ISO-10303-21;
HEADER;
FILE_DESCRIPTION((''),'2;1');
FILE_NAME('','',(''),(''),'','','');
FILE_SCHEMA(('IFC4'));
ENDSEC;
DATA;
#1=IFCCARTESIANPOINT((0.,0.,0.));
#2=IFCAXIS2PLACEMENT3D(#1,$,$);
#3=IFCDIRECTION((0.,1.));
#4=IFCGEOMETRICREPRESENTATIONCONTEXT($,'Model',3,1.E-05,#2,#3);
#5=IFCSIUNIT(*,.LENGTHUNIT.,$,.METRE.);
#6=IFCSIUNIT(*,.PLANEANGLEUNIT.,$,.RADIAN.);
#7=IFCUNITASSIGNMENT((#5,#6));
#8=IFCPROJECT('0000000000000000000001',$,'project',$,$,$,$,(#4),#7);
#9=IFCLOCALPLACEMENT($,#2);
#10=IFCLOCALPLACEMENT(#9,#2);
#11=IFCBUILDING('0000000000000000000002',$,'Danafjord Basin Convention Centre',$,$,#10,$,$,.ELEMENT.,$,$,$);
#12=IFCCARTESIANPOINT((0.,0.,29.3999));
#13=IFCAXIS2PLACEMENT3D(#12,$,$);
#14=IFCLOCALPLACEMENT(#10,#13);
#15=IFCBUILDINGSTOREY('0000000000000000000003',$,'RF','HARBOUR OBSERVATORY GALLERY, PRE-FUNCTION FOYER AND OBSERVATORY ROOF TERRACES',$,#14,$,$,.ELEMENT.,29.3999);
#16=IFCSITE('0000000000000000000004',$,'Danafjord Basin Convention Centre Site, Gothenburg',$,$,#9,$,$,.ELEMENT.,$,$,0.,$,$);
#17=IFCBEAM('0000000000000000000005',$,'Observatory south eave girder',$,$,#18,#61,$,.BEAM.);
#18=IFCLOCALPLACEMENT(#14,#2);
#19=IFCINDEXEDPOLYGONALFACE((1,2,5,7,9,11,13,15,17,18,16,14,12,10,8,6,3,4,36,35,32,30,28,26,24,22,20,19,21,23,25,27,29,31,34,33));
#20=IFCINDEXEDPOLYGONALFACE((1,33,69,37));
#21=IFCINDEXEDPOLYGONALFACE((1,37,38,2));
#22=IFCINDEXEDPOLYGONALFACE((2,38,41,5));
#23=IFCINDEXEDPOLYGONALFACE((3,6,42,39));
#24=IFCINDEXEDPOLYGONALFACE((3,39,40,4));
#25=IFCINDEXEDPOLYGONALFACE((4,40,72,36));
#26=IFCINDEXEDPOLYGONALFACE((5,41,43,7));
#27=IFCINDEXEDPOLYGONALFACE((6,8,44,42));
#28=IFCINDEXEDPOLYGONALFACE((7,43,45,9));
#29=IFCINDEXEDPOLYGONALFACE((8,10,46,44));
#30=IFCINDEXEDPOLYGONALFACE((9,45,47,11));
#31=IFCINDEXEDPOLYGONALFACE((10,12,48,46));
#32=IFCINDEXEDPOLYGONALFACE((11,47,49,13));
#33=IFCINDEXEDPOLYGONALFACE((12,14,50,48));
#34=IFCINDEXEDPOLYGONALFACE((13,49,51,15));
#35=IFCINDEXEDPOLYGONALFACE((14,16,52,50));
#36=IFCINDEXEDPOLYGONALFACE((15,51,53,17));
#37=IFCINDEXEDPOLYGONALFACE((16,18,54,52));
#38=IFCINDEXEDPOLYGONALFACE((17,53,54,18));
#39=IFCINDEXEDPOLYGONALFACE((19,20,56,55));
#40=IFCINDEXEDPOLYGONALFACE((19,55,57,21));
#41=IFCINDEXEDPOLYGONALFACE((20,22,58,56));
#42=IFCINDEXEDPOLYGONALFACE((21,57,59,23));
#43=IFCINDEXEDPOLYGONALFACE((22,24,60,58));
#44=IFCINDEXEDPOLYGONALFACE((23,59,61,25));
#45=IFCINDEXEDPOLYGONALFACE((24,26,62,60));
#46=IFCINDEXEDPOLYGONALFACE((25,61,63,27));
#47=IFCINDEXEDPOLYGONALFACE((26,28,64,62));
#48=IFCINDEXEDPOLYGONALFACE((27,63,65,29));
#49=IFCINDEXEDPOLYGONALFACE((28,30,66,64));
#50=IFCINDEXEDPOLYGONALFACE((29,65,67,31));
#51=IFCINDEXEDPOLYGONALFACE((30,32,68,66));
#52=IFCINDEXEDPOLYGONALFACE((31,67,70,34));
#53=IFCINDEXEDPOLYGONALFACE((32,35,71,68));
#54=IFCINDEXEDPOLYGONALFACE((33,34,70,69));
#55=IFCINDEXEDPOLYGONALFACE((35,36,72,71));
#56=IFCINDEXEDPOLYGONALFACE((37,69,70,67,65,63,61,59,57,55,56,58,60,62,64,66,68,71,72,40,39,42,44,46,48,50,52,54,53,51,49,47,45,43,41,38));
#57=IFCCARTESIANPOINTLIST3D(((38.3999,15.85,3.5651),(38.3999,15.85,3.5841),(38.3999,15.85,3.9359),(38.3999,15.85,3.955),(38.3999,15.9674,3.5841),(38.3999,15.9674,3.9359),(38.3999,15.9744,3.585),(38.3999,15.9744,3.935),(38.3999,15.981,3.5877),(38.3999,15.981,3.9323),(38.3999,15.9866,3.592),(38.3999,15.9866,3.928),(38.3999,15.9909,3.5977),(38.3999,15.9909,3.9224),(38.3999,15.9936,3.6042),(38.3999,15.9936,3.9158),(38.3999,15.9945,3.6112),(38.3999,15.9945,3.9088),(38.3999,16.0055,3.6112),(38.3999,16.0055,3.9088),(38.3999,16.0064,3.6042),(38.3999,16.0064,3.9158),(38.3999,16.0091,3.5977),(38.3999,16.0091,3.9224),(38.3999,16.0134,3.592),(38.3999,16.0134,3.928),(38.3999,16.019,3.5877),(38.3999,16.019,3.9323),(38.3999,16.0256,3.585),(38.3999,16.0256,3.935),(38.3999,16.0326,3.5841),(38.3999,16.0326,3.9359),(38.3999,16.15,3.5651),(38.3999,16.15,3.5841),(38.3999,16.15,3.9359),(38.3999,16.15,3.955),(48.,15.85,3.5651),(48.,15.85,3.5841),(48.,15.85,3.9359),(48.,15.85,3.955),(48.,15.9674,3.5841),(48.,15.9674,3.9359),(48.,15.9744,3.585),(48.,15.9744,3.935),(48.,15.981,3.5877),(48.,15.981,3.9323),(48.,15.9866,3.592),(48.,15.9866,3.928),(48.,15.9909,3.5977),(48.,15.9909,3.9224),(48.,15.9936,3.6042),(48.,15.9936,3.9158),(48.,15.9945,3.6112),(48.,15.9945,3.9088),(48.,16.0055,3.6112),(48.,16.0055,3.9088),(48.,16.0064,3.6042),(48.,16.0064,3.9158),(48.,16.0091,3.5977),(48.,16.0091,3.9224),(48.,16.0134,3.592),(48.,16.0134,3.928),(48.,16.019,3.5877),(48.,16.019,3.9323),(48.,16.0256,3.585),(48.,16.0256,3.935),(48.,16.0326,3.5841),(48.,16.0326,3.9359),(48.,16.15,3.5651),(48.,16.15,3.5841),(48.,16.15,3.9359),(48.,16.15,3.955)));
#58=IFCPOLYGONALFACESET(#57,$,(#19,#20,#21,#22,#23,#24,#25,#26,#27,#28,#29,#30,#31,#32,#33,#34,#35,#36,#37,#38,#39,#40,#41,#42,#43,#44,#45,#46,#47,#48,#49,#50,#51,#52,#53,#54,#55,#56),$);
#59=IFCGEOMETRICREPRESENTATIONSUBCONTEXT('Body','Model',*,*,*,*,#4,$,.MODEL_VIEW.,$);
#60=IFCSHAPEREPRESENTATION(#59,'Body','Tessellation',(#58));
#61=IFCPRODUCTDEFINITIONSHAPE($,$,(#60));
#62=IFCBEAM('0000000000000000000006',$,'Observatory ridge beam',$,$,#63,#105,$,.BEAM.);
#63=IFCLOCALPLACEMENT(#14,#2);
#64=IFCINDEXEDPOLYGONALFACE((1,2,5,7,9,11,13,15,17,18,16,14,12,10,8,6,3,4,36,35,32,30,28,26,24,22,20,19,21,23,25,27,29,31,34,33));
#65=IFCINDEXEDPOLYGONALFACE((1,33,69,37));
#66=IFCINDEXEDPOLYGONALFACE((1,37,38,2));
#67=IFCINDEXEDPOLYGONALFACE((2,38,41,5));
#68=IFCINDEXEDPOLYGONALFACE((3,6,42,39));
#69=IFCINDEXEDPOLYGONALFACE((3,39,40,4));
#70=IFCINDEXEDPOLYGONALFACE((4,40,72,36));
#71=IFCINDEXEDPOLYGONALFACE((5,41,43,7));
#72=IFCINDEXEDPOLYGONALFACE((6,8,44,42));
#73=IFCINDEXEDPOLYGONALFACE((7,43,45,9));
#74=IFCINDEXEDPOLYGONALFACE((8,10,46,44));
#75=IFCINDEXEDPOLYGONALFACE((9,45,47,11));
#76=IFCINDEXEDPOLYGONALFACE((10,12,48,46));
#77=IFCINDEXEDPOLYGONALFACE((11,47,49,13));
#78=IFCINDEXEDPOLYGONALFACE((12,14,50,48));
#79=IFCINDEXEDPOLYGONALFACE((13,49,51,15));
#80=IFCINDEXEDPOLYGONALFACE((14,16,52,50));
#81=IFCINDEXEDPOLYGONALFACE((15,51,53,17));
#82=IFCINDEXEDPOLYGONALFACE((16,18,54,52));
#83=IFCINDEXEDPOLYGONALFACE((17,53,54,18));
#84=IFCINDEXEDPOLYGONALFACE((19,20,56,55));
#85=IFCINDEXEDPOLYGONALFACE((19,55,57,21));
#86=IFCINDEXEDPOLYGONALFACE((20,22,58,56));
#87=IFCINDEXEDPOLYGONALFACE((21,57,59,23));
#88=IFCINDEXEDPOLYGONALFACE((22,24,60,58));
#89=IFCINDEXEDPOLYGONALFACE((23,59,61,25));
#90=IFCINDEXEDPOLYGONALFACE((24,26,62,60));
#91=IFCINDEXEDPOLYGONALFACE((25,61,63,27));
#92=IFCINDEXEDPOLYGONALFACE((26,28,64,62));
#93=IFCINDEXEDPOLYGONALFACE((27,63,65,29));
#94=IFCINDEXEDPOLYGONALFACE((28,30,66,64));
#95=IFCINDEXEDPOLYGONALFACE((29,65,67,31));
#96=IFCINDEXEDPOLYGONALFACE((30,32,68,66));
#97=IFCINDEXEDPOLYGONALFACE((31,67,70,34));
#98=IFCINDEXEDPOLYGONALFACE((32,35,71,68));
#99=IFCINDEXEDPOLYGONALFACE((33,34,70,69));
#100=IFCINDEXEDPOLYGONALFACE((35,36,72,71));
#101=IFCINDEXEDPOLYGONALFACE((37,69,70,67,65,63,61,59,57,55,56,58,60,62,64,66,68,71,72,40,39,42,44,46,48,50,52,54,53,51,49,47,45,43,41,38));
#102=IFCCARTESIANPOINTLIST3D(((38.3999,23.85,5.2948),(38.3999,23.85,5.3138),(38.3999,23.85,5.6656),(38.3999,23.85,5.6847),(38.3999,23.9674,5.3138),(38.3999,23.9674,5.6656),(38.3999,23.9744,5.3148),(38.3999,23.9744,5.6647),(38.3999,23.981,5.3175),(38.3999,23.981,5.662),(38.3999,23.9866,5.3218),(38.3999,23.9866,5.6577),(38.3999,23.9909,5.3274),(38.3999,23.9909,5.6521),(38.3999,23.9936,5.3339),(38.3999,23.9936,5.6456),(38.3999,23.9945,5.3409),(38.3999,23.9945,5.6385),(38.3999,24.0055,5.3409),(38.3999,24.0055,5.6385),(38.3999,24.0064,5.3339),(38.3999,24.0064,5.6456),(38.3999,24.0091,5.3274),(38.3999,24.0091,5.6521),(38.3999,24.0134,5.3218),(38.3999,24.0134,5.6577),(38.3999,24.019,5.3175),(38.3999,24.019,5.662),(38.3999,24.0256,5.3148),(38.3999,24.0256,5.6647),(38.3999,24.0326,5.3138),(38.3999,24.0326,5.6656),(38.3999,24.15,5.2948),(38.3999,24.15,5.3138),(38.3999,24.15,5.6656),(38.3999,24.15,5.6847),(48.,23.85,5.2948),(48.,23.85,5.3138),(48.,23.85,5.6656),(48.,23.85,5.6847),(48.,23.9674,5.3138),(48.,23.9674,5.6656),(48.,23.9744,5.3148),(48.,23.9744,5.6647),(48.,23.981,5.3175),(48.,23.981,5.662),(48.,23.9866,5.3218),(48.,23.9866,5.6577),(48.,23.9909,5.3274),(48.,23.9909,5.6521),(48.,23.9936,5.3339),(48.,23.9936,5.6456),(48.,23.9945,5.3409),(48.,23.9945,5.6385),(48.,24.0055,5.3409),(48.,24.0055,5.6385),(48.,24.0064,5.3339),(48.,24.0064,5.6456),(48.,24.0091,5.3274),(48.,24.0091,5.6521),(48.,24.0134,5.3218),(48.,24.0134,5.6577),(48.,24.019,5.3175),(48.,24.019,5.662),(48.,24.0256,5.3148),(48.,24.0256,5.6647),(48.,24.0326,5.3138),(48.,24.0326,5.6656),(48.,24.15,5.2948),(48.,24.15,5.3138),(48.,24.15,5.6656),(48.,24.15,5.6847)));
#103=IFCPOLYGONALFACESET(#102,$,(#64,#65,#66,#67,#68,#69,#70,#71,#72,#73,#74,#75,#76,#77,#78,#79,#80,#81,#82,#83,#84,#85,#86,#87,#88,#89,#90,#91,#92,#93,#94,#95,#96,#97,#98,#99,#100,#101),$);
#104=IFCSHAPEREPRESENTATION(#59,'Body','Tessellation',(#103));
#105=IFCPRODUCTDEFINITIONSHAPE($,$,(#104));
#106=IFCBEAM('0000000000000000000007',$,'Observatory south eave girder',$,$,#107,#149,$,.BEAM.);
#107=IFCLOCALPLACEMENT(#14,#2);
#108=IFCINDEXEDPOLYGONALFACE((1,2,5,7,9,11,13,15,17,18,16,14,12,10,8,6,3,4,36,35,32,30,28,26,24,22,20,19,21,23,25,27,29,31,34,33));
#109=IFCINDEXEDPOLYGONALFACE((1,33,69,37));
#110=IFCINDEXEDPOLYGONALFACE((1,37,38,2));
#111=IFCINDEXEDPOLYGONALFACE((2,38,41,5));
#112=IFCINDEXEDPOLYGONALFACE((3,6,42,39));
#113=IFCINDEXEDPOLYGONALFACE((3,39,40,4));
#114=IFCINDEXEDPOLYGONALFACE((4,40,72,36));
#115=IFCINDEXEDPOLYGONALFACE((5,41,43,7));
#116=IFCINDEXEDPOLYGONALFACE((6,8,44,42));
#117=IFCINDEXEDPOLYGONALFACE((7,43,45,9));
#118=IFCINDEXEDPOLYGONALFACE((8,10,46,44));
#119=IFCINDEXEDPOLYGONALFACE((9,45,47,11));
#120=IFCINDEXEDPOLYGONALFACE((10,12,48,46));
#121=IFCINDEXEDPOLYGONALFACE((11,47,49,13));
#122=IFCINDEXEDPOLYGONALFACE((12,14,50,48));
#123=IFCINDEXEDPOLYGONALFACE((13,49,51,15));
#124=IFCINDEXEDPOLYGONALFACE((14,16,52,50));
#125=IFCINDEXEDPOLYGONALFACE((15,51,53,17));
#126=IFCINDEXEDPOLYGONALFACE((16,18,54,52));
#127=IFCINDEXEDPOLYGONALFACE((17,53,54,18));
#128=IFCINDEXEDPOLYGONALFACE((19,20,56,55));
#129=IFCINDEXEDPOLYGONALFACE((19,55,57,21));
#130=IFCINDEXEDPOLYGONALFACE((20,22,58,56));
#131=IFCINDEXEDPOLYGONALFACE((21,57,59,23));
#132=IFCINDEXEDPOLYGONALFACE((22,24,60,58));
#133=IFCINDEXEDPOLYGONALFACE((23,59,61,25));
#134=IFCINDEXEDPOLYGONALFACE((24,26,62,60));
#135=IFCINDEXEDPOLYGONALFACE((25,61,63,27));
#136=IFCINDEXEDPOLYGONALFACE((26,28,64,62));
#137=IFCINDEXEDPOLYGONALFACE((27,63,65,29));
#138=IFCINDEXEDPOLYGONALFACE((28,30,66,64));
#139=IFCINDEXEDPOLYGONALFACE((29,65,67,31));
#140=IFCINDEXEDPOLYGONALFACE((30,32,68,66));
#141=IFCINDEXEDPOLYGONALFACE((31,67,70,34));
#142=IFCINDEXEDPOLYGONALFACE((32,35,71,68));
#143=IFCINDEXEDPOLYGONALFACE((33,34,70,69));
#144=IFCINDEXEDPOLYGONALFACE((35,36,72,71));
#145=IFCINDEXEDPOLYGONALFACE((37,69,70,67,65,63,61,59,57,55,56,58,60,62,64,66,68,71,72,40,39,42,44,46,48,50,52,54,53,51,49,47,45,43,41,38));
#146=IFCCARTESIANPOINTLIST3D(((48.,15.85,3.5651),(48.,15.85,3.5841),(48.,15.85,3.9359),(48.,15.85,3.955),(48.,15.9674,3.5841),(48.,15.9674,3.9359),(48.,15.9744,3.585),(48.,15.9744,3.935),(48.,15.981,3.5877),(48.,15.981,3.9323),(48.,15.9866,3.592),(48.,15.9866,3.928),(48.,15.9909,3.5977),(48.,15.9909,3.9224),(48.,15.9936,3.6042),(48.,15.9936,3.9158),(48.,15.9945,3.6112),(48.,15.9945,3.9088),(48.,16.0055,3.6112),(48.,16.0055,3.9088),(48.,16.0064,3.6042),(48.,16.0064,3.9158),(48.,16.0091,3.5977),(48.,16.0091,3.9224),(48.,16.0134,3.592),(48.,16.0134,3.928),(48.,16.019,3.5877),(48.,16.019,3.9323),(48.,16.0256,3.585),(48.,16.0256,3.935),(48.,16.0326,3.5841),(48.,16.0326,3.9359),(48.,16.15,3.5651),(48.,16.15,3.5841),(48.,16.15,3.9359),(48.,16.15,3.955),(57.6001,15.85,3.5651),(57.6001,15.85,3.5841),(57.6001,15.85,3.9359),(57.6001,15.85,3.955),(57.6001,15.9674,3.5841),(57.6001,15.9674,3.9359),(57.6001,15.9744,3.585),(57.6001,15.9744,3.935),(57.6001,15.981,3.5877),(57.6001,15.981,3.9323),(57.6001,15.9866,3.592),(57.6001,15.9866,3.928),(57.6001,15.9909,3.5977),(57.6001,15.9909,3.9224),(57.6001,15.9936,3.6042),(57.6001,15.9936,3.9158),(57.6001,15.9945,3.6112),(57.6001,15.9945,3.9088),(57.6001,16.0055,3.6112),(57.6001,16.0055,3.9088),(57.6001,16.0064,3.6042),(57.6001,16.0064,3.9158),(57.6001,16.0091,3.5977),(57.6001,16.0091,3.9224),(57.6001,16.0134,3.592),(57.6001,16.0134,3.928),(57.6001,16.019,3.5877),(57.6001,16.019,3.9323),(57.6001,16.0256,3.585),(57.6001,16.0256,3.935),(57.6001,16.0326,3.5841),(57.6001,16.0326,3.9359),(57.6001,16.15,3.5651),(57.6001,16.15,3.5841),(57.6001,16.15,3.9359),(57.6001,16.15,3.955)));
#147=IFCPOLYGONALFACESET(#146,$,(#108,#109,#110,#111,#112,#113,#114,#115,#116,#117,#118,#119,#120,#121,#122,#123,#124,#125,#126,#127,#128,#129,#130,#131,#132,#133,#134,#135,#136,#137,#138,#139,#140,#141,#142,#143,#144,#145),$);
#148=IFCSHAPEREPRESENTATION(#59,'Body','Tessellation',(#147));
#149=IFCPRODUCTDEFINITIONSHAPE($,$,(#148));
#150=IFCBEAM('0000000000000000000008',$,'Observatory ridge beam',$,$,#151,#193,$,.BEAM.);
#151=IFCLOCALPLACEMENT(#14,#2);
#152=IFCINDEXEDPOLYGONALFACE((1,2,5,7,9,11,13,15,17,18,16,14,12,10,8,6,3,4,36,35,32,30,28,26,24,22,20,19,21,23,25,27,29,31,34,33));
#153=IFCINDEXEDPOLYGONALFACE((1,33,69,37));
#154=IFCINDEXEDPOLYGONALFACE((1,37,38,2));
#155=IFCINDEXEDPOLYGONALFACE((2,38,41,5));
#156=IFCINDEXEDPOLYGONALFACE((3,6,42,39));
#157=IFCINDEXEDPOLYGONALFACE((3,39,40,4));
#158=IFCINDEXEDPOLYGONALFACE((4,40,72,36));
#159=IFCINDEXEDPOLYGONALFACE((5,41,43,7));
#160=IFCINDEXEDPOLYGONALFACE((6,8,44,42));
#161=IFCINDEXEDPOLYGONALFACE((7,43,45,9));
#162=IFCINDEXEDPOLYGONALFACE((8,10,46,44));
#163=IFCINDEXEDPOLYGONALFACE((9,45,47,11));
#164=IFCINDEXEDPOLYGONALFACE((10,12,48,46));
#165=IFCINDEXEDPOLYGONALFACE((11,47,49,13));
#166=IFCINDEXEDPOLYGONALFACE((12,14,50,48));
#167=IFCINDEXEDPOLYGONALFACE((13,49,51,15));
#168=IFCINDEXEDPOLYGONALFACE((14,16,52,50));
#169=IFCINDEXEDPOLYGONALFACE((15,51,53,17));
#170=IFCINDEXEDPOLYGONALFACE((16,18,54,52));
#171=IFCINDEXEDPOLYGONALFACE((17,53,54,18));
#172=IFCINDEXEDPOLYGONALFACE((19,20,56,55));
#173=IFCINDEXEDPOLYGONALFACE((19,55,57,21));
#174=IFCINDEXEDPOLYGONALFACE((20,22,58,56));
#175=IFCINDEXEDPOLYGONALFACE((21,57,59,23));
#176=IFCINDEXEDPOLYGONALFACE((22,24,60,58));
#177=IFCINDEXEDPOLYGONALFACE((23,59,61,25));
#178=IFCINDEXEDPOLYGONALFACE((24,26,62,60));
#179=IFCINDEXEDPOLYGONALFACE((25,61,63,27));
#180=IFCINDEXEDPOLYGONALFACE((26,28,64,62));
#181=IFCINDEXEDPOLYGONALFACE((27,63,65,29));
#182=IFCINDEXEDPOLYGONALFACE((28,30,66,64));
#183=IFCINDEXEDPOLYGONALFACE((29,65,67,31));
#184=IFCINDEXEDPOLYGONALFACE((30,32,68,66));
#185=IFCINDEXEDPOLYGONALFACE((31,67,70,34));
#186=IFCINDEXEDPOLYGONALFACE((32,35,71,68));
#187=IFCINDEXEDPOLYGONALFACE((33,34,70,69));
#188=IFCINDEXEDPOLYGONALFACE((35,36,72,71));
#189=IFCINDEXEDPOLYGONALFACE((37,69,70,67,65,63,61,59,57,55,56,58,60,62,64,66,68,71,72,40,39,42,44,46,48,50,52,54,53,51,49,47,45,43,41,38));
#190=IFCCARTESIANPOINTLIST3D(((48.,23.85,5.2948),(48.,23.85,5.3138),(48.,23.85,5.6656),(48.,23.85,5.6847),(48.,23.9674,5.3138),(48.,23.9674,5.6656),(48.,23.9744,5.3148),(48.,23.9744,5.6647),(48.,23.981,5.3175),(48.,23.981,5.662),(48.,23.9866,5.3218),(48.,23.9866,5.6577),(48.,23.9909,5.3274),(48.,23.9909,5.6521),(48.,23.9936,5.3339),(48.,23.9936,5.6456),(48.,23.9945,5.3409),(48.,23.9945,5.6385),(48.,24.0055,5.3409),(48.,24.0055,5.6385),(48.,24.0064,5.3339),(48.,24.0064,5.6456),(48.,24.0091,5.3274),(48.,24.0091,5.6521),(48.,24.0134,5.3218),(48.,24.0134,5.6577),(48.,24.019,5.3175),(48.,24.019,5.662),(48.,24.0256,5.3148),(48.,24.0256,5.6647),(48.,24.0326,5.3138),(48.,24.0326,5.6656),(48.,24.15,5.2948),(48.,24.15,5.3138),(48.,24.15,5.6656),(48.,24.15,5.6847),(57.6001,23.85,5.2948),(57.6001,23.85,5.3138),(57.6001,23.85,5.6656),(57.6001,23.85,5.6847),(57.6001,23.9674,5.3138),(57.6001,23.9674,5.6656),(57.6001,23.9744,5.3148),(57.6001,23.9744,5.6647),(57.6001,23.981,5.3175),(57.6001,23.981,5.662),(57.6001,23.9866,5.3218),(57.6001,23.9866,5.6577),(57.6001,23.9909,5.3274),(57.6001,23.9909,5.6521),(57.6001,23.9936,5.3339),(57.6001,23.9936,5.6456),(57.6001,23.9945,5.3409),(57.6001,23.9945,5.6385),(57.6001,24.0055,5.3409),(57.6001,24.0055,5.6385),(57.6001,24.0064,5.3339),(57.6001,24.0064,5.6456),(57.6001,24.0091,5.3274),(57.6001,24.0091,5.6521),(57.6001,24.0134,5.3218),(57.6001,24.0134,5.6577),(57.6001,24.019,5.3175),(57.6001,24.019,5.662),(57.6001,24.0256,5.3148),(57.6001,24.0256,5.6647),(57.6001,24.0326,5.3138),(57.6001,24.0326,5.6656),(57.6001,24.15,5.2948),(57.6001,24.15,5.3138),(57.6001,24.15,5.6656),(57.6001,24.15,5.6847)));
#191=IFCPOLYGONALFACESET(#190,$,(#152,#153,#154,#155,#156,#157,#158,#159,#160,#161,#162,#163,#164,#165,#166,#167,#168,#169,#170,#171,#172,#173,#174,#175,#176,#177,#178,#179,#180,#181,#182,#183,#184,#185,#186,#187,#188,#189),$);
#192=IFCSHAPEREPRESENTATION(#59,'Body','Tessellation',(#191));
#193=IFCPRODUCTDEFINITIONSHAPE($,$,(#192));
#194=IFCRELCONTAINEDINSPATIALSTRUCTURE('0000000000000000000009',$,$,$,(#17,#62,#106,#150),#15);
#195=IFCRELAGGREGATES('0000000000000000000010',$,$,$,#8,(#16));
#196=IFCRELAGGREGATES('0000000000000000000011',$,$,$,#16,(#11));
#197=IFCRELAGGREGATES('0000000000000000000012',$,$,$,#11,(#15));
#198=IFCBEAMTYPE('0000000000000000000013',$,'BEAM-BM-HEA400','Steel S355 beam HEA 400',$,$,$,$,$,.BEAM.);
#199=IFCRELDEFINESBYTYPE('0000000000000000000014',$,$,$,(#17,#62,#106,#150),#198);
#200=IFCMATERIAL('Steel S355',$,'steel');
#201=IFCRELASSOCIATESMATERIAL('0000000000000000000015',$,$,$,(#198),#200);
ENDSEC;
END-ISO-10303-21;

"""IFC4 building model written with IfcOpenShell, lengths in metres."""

from ifc_helpers import new_model, si_unit, direction, frame, origin, origin_2d, place, context, subcontext, project, spatial, i_section, extrude, material, material_profile, profile_set, type_object, element, save


model = new_model("IFC4")

# Units and contexts
model_context = context("Model", 3, precision=1e-05, world=origin(), true_north=direction((0.0, 1.0)))
body_context = subcontext(model_context, "Body", "Model", "MODEL_VIEW")
ifc_project = project(units=[si_unit("LENGTHUNIT", "METRE"), si_unit("PLANEANGLEUNIT", "RADIAN")], contexts=[model_context])

# Site, building, storey
site_placement = place(None, origin())
site = spatial("IfcSite", under=ifc_project, at=site_placement, Name="Danafjord Basin Convention Centre Site, Gothenburg", CompositionType="ELEMENT", RefElevation=0.0)
building_placement = place(site_placement, origin())
building = spatial("IfcBuilding", under=site, at=building_placement, Name="Danafjord Basin Convention Centre", CompositionType="ELEMENT")
storey_placement = place(building_placement, frame((0.0, 0.0, 29.3999)))
storey = spatial("IfcBuildingStorey", under=building, at=storey_placement, Name="RF", Description="HARBOUR OBSERVATORY GALLERY, PRE-FUNCTION FOYER AND OBSERVATORY ROOF TERRACES", CompositionType="ELEMENT", Elevation=29.3999)

# Shared definitions
ifc_material_1 = material(Name="Steel S355", Category="steel")

# Beams
ifc_material_profile_1 = material_profile(ifc_material_1, i_section(OverallWidth=0.3, OverallDepth=0.3899, WebThickness=0.011, FlangeThickness=0.019, FilletRadius=0.0271, at=origin_2d()), Name="HEA 400")
ifc_profile_set_1 = profile_set([ifc_material_profile_1], Name="Steel S355")
beam_type_1 = type_object("IfcBeamType", Name="BEAM-BM-HEA400", Description="Steel S355 beam HEA 400", PredefinedType="BEAM", material=ifc_profile_set_1)
for number, where, z_axis, x_axis, name in (
    (1, (38.3999, 16.0, 3.76), (1.0, 0.0, 0.0), (0.0, 1.0, 0.0), "Observatory south eave girder"),
    (2, (38.3999, 24.0, 5.4897), (1.0, 0.0, 0.0), (0.0, 1.0, 0.0), "Observatory ridge beam"),
    (3, (48.0, 16.0, 3.76), (1.0, 0.0, 0.0), (0.0, 1.0, 0.0), "Observatory south eave girder"),
    (4, (48.0, 24.0, 5.4897), (1.0, 0.0, 0.0), (0.0, 1.0, 0.0), "Observatory ridge beam"),
):
    element("IfcBeam", number, at=place(storey_placement, frame(where, z_axis=z_axis, x_axis=x_axis)), inside=storey, type_object=beam_type_1, Name=name, PredefinedType="BEAM", context=body_context, shape_type="SweptSolid", body=[
        extrude(i_section(OverallWidth=0.3, OverallDepth=0.3899, WebThickness=0.011, FlangeThickness=0.019, FilletRadius=0.0271, at=origin_2d()), origin(), (0.0, 0.0, 1.0), 9.6001),
    ])

save(model, "model.ifc")
